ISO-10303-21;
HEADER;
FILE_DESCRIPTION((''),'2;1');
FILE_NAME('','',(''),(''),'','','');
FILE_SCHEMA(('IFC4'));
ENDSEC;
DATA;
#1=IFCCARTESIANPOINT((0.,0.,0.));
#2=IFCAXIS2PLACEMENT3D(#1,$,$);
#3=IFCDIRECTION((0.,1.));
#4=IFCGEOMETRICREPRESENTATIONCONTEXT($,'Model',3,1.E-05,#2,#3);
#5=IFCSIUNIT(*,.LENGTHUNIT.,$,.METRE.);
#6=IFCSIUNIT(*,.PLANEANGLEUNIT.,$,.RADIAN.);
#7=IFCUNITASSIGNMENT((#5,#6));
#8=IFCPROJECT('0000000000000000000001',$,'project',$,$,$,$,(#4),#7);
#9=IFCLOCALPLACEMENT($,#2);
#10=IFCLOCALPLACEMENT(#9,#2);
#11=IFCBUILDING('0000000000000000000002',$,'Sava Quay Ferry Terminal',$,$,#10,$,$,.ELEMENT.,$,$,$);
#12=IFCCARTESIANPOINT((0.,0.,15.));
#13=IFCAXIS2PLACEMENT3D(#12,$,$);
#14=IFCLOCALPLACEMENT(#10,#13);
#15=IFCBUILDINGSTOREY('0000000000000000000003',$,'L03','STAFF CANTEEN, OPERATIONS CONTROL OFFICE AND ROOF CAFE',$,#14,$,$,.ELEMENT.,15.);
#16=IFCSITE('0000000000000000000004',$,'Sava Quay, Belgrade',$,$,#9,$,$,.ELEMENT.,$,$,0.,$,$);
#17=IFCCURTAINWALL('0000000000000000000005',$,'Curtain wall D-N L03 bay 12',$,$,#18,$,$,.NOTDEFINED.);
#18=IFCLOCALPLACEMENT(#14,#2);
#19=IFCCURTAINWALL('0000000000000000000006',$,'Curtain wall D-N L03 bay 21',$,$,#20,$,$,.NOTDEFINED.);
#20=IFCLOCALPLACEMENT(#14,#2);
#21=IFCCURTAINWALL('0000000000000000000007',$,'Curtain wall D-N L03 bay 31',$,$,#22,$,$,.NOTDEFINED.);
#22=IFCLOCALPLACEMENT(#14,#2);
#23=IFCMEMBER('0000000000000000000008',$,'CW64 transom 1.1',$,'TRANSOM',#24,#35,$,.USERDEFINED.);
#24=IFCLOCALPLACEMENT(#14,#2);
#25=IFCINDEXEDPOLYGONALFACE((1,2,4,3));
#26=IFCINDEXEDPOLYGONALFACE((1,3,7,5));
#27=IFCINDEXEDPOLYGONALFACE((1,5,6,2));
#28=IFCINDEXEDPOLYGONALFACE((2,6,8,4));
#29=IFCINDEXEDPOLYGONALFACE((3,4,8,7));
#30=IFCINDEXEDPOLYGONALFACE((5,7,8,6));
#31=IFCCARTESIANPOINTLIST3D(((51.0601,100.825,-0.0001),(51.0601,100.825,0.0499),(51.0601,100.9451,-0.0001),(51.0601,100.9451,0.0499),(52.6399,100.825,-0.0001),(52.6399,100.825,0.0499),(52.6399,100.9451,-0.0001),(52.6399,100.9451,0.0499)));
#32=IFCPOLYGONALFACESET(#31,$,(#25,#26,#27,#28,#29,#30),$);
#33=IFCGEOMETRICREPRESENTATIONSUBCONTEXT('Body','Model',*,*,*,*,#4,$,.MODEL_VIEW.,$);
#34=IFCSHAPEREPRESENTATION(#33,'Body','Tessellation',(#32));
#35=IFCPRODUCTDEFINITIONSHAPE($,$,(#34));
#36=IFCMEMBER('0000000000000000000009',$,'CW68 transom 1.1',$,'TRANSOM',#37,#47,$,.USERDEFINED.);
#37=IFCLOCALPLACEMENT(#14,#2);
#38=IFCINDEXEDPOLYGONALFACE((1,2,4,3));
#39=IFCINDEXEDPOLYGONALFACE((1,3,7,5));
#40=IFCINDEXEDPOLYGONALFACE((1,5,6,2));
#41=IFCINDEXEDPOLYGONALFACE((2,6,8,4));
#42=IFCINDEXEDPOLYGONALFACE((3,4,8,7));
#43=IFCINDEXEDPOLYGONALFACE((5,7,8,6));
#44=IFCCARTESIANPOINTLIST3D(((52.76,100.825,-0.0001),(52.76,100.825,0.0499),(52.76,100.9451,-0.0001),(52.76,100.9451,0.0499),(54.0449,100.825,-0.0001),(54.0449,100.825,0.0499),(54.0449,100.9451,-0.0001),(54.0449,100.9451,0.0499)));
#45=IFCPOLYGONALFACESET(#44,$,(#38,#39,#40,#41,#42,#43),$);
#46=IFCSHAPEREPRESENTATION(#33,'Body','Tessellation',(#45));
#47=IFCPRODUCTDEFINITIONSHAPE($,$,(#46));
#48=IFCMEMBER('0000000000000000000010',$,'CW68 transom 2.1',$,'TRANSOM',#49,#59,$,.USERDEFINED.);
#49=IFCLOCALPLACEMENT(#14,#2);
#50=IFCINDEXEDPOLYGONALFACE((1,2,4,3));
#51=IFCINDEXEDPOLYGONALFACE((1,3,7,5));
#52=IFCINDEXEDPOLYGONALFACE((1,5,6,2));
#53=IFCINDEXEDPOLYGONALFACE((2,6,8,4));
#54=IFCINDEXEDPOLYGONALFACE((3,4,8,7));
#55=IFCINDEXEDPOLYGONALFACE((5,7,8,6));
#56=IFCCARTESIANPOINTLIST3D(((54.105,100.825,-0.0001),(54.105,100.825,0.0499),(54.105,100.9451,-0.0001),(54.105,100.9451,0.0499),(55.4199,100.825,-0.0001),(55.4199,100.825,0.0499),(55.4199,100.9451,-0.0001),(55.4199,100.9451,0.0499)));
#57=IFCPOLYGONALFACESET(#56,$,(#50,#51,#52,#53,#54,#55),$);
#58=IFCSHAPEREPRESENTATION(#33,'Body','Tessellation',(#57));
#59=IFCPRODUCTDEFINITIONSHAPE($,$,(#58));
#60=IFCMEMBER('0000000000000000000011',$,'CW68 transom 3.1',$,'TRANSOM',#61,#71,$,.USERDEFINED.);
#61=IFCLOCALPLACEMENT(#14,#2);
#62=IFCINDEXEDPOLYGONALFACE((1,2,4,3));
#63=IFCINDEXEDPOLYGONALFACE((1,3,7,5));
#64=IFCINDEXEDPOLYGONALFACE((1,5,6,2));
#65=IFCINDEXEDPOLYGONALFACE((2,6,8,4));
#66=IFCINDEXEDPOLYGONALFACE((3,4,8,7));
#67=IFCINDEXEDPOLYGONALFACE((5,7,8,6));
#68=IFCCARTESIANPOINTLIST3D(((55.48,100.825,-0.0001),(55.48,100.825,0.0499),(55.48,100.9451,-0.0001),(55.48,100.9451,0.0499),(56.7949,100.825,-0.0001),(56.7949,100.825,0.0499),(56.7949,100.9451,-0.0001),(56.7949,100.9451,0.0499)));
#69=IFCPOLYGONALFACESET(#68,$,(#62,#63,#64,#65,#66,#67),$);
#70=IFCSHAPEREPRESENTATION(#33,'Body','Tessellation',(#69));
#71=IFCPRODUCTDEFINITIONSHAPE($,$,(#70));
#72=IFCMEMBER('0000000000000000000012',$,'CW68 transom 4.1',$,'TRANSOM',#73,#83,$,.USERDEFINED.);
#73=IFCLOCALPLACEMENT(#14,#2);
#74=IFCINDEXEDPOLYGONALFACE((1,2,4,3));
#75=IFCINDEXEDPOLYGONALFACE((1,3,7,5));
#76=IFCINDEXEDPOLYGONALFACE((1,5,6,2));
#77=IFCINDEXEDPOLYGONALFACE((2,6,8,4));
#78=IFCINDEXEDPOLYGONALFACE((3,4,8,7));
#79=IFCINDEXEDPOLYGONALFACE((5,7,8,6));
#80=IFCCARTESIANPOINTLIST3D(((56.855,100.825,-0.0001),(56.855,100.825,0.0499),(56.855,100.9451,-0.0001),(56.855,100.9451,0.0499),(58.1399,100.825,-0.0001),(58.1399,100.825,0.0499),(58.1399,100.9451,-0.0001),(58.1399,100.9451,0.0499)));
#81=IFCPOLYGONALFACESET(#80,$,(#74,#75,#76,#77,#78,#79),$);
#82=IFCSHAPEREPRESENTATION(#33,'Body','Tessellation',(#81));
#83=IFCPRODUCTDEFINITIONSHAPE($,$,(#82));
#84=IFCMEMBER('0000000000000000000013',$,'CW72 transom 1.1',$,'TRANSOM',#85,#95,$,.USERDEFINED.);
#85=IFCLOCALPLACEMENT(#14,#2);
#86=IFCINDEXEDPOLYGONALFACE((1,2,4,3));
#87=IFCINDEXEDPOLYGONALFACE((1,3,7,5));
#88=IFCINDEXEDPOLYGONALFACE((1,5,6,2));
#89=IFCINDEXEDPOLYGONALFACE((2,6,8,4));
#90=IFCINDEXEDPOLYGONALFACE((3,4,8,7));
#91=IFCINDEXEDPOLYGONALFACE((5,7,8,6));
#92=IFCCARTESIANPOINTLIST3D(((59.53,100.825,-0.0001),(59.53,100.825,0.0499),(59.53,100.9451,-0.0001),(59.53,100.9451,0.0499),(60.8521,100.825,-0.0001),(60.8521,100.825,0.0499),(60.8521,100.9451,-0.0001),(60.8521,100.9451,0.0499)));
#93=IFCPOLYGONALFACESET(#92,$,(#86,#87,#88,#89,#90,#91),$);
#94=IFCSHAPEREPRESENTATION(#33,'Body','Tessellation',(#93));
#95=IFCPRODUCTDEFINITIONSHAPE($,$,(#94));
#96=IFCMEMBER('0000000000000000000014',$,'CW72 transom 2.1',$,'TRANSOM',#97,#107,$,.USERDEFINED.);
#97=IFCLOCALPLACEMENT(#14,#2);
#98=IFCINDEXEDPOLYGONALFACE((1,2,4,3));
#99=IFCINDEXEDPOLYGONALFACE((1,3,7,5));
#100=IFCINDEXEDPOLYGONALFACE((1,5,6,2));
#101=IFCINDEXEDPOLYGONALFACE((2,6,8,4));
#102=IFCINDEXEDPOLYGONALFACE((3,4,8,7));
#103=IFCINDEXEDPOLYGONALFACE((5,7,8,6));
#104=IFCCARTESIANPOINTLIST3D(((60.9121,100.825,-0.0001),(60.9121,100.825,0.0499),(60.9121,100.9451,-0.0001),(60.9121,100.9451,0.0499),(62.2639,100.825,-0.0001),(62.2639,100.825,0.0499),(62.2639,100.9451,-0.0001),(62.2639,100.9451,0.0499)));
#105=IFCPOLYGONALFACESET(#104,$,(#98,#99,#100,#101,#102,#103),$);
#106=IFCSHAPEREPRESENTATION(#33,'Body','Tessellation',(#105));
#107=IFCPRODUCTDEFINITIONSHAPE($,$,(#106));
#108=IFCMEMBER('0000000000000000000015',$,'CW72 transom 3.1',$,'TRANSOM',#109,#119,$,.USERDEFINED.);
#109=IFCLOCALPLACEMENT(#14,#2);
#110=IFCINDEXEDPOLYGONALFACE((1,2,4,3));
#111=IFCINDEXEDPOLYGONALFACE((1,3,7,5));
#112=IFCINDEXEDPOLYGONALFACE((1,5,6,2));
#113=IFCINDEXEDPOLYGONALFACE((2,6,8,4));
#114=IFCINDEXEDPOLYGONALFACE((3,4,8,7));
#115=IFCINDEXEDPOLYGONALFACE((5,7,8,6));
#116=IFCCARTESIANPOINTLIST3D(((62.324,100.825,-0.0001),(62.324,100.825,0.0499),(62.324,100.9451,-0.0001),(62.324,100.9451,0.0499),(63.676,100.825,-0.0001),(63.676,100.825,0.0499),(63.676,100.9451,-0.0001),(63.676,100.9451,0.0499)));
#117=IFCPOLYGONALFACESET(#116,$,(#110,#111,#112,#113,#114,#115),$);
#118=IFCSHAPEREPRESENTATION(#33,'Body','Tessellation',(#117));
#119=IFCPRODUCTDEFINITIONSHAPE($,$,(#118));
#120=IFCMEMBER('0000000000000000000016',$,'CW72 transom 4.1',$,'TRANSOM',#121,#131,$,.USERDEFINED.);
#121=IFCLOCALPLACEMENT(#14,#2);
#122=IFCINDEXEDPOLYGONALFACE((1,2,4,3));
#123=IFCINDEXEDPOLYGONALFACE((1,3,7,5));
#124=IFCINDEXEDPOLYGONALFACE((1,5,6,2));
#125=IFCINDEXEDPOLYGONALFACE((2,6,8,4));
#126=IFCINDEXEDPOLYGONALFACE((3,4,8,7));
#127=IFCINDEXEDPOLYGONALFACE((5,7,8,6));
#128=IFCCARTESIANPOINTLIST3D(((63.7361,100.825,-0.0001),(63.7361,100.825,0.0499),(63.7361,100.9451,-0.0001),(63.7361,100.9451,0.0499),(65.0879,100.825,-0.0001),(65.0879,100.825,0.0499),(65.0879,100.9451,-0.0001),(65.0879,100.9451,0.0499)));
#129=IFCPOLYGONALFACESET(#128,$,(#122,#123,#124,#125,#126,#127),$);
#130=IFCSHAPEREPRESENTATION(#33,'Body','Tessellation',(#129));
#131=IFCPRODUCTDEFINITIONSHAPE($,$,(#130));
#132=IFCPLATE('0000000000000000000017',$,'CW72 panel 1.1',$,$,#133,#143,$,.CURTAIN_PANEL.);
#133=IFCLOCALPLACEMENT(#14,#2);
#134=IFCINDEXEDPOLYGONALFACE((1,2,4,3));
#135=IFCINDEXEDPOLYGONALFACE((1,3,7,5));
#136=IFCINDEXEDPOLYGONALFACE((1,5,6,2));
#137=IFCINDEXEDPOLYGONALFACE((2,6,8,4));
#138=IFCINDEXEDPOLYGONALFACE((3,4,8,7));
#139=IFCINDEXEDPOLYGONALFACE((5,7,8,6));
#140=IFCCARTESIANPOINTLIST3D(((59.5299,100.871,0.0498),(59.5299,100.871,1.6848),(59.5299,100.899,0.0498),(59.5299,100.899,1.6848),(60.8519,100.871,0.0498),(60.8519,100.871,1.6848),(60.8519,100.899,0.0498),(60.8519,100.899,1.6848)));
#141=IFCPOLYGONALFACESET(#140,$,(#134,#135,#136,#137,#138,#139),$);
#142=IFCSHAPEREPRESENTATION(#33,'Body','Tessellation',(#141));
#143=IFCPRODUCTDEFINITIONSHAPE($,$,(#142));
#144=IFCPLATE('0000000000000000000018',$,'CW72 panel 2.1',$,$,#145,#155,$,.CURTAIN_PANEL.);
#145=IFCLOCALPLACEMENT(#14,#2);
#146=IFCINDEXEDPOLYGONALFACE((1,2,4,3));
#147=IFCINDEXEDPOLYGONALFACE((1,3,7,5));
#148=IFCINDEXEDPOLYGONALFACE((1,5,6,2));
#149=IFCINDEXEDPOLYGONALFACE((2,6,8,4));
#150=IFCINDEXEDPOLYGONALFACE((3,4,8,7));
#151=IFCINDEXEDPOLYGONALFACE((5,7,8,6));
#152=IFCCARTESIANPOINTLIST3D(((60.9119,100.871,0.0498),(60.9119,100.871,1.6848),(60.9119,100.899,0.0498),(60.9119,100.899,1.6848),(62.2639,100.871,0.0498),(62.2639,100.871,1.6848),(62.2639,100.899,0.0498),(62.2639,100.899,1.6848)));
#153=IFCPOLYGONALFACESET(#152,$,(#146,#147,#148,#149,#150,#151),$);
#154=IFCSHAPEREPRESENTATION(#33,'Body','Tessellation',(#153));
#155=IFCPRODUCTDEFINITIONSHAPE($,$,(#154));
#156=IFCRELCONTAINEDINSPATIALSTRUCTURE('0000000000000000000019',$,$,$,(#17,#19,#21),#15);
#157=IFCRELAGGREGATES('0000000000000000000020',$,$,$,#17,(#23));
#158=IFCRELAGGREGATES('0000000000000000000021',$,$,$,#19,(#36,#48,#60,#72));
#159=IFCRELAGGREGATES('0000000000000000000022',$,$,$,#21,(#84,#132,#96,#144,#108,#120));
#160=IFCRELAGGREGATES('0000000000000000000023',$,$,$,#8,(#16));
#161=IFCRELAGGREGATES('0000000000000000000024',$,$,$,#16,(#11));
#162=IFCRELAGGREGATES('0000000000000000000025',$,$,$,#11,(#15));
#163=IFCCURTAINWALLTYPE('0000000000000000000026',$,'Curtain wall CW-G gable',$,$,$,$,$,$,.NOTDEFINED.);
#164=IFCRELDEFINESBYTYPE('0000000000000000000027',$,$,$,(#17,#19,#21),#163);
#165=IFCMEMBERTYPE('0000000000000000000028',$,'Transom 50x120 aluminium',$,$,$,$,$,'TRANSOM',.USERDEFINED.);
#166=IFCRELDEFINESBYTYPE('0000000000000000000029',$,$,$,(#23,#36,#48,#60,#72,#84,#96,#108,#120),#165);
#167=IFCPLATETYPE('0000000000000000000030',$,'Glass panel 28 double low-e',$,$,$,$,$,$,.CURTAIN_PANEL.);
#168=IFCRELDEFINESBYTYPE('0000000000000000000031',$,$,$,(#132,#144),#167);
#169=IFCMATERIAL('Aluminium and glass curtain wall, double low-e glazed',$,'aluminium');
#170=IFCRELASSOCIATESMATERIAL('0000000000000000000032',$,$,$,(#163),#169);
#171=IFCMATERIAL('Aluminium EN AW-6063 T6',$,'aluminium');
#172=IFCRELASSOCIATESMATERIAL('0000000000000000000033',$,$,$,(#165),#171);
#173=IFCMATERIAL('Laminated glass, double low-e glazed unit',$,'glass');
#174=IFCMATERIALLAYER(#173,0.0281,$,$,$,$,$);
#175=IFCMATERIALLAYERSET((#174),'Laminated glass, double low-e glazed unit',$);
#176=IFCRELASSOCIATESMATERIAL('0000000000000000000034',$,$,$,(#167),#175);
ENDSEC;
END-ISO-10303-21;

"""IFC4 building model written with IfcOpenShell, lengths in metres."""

from ifc_helpers import new_model, si_unit, direction, frame, origin, origin_2d, place, context, subcontext, project, spatial, rectangle, extrude, material, layer, layer_set, material_profile, profile_set, type_object, element, aggregate, save


model = new_model("IFC4")

# Units and contexts
model_context = context("Model", 3, precision=1e-05, world=origin(), true_north=direction((0.0, 1.0)))
body_context = subcontext(model_context, "Body", "Model", "MODEL_VIEW")
ifc_project = project(units=[si_unit("LENGTHUNIT", "METRE"), si_unit("PLANEANGLEUNIT", "RADIAN")], contexts=[model_context])

# Site, building, storey
site_placement = place(None, origin())
site = spatial("IfcSite", under=ifc_project, at=site_placement, Name="Sava Quay, Belgrade", CompositionType="ELEMENT", RefElevation=0.0)
building_placement = place(site_placement, origin())
building = spatial("IfcBuilding", under=site, at=building_placement, Name="Sava Quay Ferry Terminal", CompositionType="ELEMENT")
storey_placement = place(building_placement, frame((0.0, 0.0, 15.0)))
storey = spatial("IfcBuildingStorey", under=building, at=storey_placement, Name="L03", Description="STAFF CANTEEN, OPERATIONS CONTROL OFFICE AND ROOF CAFE", CompositionType="ELEMENT", Elevation=15.0)

# Curtain walls
ifc_material_1 = material(Name="Aluminium and glass curtain wall, double low-e glazed", Category="aluminium")
curtain_wall_type = type_object("IfcCurtainWallType", Name="Curtain wall CW-G gable", PredefinedType="NOTDEFINED", material=ifc_material_1)
curtain_wall_1_placement = place(storey_placement, origin())
curtain_wall_1 = element("IfcCurtainWall", 1, at=curtain_wall_1_placement, inside=storey, type_object=curtain_wall_type, Name="Curtain wall D-N L03 bay 12", PredefinedType="NOTDEFINED")
curtain_wall_2_placement = place(storey_placement, origin())
curtain_wall_2 = element("IfcCurtainWall", 2, at=curtain_wall_2_placement, inside=storey, type_object=curtain_wall_type, Name="Curtain wall D-N L03 bay 21", PredefinedType="NOTDEFINED")
curtain_wall_3_placement = place(storey_placement, origin())
curtain_wall_3 = element("IfcCurtainWall", 3, at=curtain_wall_3_placement, inside=storey, type_object=curtain_wall_type, Name="Curtain wall D-N L03 bay 31", PredefinedType="NOTDEFINED")

# Members
ifc_material_2 = material(Name="Aluminium EN AW-6063 T6", Category="aluminium")
ifc_material_profile_1 = material_profile(ifc_material_2, rectangle(XDim=0.1201, YDim=0.05, at=origin_2d()), Name="Transom 50x120 aluminium")
ifc_profile_set_1 = profile_set([ifc_material_profile_1], Name="Aluminium EN AW-6063 T6")
member_type_1 = type_object("IfcMemberType", Name="Transom 50x120 aluminium", ElementType="TRANSOM", PredefinedType="USERDEFINED", material=ifc_profile_set_1)
member_1_placement = place(storey_placement, frame((51.0601, 100.885, 0.0249), z_axis=(1.0, 0.0, 0.0), x_axis=(0.0, 1.0, 0.0)))
member_1 = element("IfcMember", 4, at=member_1_placement, type_object=member_type_1, Name="CW64 transom 1.1", ObjectType="TRANSOM", PredefinedType="USERDEFINED", context=body_context, shape_type="SweptSolid", body=[
    extrude(rectangle(XDim=0.1201, YDim=0.05, at=origin_2d()), origin(), (0.0, 0.0, 1.0), 1.5798),
])
aggregate(curtain_wall_1, [member_1])
member_2_placement = place(storey_placement, frame((52.76, 100.885, 0.0249), z_axis=(1.0, 0.0, 0.0), x_axis=(0.0, 1.0, 0.0)))
member_2 = element("IfcMember", 5, at=member_2_placement, type_object=member_type_1, Name="CW68 transom 1.1", ObjectType="TRANSOM", PredefinedType="USERDEFINED", context=body_context, shape_type="SweptSolid", body=[
    extrude(rectangle(XDim=0.1201, YDim=0.05, at=origin_2d()), origin(), (0.0, 0.0, 1.0), 1.2849),
])
member_3_placement = place(storey_placement, frame((54.105, 100.885, 0.0249), z_axis=(1.0, 0.0, 0.0), x_axis=(0.0, 1.0, 0.0)))
member_3 = element("IfcMember", 6, at=member_3_placement, type_object=member_type_1, Name="CW68 transom 2.1", ObjectType="TRANSOM", PredefinedType="USERDEFINED", context=body_context, shape_type="SweptSolid", body=[
    extrude(rectangle(XDim=0.1201, YDim=0.05, at=origin_2d()), origin(), (0.0, 0.0, 1.0), 1.3149),
])
member_4_placement = place(storey_placement, frame((55.48, 100.885, 0.0249), z_axis=(1.0, 0.0, 0.0), x_axis=(0.0, 1.0, 0.0)))
member_4 = element("IfcMember", 7, at=member_4_placement, type_object=member_type_1, Name="CW68 transom 3.1", ObjectType="TRANSOM", PredefinedType="USERDEFINED", context=body_context, shape_type="SweptSolid", body=[
    extrude(rectangle(XDim=0.1201, YDim=0.05, at=origin_2d()), origin(), (0.0, 0.0, 1.0), 1.3149),
])
member_5_placement = place(storey_placement, frame((56.855, 100.885, 0.0249), z_axis=(1.0, 0.0, 0.0), x_axis=(0.0, 1.0, 0.0)))
member_5 = element("IfcMember", 8, at=member_5_placement, type_object=member_type_1, Name="CW68 transom 4.1", ObjectType="TRANSOM", PredefinedType="USERDEFINED", context=body_context, shape_type="SweptSolid", body=[
    extrude(rectangle(XDim=0.1201, YDim=0.05, at=origin_2d()), origin(), (0.0, 0.0, 1.0), 1.2849),
])
aggregate(curtain_wall_2, [member_2, member_3, member_4, member_5])
member_6_placement = place(storey_placement, frame((59.53, 100.885, 0.0249), z_axis=(1.0, 0.0, 0.0), x_axis=(0.0, 1.0, 0.0)))
member_6 = element("IfcMember", 9, at=member_6_placement, type_object=member_type_1, Name="CW72 transom 1.1", ObjectType="TRANSOM", PredefinedType="USERDEFINED", context=body_context, shape_type="SweptSolid", body=[
    extrude(rectangle(XDim=0.1201, YDim=0.05, at=origin_2d()), origin(), (0.0, 0.0, 1.0), 1.322),
])
member_7_placement = place(storey_placement, frame((60.9121, 100.885, 0.0249), z_axis=(1.0, 0.0, 0.0), x_axis=(0.0, 1.0, 0.0)))
member_7 = element("IfcMember", 10, at=member_7_placement, type_object=member_type_1, Name="CW72 transom 2.1", ObjectType="TRANSOM", PredefinedType="USERDEFINED", context=body_context, shape_type="SweptSolid", body=[
    extrude(rectangle(XDim=0.1201, YDim=0.05, at=origin_2d()), origin(), (0.0, 0.0, 1.0), 1.3518),
])
member_8_placement = place(storey_placement, frame((62.324, 100.885, 0.0249), z_axis=(1.0, 0.0, 0.0), x_axis=(0.0, 1.0, 0.0)))
member_8 = element("IfcMember", 11, at=member_8_placement, type_object=member_type_1, Name="CW72 transom 3.1", ObjectType="TRANSOM", PredefinedType="USERDEFINED", context=body_context, shape_type="SweptSolid", body=[
    extrude(rectangle(XDim=0.1201, YDim=0.05, at=origin_2d()), origin(), (0.0, 0.0, 1.0), 1.3521),
])
member_9_placement = place(storey_placement, frame((63.7361, 100.885, 0.0249), z_axis=(1.0, 0.0, 0.0), x_axis=(0.0, 1.0, 0.0)))
member_9 = element("IfcMember", 12, at=member_9_placement, type_object=member_type_1, Name="CW72 transom 4.1", ObjectType="TRANSOM", PredefinedType="USERDEFINED", context=body_context, shape_type="SweptSolid", body=[
    extrude(rectangle(XDim=0.1201, YDim=0.05, at=origin_2d()), origin(), (0.0, 0.0, 1.0), 1.3518),
])

# Plates
ifc_material_3 = material(Name="Laminated glass, double low-e glazed unit", Category="glass")
ifc_layer = layer(ifc_material_3, 0.0281)
ifc_layer_set = layer_set([ifc_layer], Name="Laminated glass, double low-e glazed unit")
plate_type = type_object("IfcPlateType", Name="Glass panel 28 double low-e", PredefinedType="CURTAIN_PANEL", material=ifc_layer_set)
plate_1_placement = place(storey_placement, frame((60.1909, 100.885, 0.0498), z_axis=(0.0, 0.0, 1.0), x_axis=(1.0, 0.0, 0.0)))
plate_1 = element("IfcPlate", 13, at=plate_1_placement, type_object=plate_type, Name="CW72 panel 1.1", PredefinedType="CURTAIN_PANEL", context=body_context, shape_type="SweptSolid", body=[
    extrude(rectangle(XDim=1.322, YDim=0.0281, at=origin_2d()), origin(), (0.0, 0.0, 1.0), 1.635),
])
plate_2_placement = place(storey_placement, frame((61.5879, 100.885, 0.0498), z_axis=(0.0, 0.0, 1.0), x_axis=(1.0, 0.0, 0.0)))
plate_2 = element("IfcPlate", 14, at=plate_2_placement, type_object=plate_type, Name="CW72 panel 2.1", PredefinedType="CURTAIN_PANEL", context=body_context, shape_type="SweptSolid", body=[
    extrude(rectangle(XDim=1.3521, YDim=0.0281, at=origin_2d()), origin(), (0.0, 0.0, 1.0), 1.635),
])
aggregate(curtain_wall_3, [member_6, plate_1, member_7, plate_2, member_8, member_9])

save(model, "model.ifc")
